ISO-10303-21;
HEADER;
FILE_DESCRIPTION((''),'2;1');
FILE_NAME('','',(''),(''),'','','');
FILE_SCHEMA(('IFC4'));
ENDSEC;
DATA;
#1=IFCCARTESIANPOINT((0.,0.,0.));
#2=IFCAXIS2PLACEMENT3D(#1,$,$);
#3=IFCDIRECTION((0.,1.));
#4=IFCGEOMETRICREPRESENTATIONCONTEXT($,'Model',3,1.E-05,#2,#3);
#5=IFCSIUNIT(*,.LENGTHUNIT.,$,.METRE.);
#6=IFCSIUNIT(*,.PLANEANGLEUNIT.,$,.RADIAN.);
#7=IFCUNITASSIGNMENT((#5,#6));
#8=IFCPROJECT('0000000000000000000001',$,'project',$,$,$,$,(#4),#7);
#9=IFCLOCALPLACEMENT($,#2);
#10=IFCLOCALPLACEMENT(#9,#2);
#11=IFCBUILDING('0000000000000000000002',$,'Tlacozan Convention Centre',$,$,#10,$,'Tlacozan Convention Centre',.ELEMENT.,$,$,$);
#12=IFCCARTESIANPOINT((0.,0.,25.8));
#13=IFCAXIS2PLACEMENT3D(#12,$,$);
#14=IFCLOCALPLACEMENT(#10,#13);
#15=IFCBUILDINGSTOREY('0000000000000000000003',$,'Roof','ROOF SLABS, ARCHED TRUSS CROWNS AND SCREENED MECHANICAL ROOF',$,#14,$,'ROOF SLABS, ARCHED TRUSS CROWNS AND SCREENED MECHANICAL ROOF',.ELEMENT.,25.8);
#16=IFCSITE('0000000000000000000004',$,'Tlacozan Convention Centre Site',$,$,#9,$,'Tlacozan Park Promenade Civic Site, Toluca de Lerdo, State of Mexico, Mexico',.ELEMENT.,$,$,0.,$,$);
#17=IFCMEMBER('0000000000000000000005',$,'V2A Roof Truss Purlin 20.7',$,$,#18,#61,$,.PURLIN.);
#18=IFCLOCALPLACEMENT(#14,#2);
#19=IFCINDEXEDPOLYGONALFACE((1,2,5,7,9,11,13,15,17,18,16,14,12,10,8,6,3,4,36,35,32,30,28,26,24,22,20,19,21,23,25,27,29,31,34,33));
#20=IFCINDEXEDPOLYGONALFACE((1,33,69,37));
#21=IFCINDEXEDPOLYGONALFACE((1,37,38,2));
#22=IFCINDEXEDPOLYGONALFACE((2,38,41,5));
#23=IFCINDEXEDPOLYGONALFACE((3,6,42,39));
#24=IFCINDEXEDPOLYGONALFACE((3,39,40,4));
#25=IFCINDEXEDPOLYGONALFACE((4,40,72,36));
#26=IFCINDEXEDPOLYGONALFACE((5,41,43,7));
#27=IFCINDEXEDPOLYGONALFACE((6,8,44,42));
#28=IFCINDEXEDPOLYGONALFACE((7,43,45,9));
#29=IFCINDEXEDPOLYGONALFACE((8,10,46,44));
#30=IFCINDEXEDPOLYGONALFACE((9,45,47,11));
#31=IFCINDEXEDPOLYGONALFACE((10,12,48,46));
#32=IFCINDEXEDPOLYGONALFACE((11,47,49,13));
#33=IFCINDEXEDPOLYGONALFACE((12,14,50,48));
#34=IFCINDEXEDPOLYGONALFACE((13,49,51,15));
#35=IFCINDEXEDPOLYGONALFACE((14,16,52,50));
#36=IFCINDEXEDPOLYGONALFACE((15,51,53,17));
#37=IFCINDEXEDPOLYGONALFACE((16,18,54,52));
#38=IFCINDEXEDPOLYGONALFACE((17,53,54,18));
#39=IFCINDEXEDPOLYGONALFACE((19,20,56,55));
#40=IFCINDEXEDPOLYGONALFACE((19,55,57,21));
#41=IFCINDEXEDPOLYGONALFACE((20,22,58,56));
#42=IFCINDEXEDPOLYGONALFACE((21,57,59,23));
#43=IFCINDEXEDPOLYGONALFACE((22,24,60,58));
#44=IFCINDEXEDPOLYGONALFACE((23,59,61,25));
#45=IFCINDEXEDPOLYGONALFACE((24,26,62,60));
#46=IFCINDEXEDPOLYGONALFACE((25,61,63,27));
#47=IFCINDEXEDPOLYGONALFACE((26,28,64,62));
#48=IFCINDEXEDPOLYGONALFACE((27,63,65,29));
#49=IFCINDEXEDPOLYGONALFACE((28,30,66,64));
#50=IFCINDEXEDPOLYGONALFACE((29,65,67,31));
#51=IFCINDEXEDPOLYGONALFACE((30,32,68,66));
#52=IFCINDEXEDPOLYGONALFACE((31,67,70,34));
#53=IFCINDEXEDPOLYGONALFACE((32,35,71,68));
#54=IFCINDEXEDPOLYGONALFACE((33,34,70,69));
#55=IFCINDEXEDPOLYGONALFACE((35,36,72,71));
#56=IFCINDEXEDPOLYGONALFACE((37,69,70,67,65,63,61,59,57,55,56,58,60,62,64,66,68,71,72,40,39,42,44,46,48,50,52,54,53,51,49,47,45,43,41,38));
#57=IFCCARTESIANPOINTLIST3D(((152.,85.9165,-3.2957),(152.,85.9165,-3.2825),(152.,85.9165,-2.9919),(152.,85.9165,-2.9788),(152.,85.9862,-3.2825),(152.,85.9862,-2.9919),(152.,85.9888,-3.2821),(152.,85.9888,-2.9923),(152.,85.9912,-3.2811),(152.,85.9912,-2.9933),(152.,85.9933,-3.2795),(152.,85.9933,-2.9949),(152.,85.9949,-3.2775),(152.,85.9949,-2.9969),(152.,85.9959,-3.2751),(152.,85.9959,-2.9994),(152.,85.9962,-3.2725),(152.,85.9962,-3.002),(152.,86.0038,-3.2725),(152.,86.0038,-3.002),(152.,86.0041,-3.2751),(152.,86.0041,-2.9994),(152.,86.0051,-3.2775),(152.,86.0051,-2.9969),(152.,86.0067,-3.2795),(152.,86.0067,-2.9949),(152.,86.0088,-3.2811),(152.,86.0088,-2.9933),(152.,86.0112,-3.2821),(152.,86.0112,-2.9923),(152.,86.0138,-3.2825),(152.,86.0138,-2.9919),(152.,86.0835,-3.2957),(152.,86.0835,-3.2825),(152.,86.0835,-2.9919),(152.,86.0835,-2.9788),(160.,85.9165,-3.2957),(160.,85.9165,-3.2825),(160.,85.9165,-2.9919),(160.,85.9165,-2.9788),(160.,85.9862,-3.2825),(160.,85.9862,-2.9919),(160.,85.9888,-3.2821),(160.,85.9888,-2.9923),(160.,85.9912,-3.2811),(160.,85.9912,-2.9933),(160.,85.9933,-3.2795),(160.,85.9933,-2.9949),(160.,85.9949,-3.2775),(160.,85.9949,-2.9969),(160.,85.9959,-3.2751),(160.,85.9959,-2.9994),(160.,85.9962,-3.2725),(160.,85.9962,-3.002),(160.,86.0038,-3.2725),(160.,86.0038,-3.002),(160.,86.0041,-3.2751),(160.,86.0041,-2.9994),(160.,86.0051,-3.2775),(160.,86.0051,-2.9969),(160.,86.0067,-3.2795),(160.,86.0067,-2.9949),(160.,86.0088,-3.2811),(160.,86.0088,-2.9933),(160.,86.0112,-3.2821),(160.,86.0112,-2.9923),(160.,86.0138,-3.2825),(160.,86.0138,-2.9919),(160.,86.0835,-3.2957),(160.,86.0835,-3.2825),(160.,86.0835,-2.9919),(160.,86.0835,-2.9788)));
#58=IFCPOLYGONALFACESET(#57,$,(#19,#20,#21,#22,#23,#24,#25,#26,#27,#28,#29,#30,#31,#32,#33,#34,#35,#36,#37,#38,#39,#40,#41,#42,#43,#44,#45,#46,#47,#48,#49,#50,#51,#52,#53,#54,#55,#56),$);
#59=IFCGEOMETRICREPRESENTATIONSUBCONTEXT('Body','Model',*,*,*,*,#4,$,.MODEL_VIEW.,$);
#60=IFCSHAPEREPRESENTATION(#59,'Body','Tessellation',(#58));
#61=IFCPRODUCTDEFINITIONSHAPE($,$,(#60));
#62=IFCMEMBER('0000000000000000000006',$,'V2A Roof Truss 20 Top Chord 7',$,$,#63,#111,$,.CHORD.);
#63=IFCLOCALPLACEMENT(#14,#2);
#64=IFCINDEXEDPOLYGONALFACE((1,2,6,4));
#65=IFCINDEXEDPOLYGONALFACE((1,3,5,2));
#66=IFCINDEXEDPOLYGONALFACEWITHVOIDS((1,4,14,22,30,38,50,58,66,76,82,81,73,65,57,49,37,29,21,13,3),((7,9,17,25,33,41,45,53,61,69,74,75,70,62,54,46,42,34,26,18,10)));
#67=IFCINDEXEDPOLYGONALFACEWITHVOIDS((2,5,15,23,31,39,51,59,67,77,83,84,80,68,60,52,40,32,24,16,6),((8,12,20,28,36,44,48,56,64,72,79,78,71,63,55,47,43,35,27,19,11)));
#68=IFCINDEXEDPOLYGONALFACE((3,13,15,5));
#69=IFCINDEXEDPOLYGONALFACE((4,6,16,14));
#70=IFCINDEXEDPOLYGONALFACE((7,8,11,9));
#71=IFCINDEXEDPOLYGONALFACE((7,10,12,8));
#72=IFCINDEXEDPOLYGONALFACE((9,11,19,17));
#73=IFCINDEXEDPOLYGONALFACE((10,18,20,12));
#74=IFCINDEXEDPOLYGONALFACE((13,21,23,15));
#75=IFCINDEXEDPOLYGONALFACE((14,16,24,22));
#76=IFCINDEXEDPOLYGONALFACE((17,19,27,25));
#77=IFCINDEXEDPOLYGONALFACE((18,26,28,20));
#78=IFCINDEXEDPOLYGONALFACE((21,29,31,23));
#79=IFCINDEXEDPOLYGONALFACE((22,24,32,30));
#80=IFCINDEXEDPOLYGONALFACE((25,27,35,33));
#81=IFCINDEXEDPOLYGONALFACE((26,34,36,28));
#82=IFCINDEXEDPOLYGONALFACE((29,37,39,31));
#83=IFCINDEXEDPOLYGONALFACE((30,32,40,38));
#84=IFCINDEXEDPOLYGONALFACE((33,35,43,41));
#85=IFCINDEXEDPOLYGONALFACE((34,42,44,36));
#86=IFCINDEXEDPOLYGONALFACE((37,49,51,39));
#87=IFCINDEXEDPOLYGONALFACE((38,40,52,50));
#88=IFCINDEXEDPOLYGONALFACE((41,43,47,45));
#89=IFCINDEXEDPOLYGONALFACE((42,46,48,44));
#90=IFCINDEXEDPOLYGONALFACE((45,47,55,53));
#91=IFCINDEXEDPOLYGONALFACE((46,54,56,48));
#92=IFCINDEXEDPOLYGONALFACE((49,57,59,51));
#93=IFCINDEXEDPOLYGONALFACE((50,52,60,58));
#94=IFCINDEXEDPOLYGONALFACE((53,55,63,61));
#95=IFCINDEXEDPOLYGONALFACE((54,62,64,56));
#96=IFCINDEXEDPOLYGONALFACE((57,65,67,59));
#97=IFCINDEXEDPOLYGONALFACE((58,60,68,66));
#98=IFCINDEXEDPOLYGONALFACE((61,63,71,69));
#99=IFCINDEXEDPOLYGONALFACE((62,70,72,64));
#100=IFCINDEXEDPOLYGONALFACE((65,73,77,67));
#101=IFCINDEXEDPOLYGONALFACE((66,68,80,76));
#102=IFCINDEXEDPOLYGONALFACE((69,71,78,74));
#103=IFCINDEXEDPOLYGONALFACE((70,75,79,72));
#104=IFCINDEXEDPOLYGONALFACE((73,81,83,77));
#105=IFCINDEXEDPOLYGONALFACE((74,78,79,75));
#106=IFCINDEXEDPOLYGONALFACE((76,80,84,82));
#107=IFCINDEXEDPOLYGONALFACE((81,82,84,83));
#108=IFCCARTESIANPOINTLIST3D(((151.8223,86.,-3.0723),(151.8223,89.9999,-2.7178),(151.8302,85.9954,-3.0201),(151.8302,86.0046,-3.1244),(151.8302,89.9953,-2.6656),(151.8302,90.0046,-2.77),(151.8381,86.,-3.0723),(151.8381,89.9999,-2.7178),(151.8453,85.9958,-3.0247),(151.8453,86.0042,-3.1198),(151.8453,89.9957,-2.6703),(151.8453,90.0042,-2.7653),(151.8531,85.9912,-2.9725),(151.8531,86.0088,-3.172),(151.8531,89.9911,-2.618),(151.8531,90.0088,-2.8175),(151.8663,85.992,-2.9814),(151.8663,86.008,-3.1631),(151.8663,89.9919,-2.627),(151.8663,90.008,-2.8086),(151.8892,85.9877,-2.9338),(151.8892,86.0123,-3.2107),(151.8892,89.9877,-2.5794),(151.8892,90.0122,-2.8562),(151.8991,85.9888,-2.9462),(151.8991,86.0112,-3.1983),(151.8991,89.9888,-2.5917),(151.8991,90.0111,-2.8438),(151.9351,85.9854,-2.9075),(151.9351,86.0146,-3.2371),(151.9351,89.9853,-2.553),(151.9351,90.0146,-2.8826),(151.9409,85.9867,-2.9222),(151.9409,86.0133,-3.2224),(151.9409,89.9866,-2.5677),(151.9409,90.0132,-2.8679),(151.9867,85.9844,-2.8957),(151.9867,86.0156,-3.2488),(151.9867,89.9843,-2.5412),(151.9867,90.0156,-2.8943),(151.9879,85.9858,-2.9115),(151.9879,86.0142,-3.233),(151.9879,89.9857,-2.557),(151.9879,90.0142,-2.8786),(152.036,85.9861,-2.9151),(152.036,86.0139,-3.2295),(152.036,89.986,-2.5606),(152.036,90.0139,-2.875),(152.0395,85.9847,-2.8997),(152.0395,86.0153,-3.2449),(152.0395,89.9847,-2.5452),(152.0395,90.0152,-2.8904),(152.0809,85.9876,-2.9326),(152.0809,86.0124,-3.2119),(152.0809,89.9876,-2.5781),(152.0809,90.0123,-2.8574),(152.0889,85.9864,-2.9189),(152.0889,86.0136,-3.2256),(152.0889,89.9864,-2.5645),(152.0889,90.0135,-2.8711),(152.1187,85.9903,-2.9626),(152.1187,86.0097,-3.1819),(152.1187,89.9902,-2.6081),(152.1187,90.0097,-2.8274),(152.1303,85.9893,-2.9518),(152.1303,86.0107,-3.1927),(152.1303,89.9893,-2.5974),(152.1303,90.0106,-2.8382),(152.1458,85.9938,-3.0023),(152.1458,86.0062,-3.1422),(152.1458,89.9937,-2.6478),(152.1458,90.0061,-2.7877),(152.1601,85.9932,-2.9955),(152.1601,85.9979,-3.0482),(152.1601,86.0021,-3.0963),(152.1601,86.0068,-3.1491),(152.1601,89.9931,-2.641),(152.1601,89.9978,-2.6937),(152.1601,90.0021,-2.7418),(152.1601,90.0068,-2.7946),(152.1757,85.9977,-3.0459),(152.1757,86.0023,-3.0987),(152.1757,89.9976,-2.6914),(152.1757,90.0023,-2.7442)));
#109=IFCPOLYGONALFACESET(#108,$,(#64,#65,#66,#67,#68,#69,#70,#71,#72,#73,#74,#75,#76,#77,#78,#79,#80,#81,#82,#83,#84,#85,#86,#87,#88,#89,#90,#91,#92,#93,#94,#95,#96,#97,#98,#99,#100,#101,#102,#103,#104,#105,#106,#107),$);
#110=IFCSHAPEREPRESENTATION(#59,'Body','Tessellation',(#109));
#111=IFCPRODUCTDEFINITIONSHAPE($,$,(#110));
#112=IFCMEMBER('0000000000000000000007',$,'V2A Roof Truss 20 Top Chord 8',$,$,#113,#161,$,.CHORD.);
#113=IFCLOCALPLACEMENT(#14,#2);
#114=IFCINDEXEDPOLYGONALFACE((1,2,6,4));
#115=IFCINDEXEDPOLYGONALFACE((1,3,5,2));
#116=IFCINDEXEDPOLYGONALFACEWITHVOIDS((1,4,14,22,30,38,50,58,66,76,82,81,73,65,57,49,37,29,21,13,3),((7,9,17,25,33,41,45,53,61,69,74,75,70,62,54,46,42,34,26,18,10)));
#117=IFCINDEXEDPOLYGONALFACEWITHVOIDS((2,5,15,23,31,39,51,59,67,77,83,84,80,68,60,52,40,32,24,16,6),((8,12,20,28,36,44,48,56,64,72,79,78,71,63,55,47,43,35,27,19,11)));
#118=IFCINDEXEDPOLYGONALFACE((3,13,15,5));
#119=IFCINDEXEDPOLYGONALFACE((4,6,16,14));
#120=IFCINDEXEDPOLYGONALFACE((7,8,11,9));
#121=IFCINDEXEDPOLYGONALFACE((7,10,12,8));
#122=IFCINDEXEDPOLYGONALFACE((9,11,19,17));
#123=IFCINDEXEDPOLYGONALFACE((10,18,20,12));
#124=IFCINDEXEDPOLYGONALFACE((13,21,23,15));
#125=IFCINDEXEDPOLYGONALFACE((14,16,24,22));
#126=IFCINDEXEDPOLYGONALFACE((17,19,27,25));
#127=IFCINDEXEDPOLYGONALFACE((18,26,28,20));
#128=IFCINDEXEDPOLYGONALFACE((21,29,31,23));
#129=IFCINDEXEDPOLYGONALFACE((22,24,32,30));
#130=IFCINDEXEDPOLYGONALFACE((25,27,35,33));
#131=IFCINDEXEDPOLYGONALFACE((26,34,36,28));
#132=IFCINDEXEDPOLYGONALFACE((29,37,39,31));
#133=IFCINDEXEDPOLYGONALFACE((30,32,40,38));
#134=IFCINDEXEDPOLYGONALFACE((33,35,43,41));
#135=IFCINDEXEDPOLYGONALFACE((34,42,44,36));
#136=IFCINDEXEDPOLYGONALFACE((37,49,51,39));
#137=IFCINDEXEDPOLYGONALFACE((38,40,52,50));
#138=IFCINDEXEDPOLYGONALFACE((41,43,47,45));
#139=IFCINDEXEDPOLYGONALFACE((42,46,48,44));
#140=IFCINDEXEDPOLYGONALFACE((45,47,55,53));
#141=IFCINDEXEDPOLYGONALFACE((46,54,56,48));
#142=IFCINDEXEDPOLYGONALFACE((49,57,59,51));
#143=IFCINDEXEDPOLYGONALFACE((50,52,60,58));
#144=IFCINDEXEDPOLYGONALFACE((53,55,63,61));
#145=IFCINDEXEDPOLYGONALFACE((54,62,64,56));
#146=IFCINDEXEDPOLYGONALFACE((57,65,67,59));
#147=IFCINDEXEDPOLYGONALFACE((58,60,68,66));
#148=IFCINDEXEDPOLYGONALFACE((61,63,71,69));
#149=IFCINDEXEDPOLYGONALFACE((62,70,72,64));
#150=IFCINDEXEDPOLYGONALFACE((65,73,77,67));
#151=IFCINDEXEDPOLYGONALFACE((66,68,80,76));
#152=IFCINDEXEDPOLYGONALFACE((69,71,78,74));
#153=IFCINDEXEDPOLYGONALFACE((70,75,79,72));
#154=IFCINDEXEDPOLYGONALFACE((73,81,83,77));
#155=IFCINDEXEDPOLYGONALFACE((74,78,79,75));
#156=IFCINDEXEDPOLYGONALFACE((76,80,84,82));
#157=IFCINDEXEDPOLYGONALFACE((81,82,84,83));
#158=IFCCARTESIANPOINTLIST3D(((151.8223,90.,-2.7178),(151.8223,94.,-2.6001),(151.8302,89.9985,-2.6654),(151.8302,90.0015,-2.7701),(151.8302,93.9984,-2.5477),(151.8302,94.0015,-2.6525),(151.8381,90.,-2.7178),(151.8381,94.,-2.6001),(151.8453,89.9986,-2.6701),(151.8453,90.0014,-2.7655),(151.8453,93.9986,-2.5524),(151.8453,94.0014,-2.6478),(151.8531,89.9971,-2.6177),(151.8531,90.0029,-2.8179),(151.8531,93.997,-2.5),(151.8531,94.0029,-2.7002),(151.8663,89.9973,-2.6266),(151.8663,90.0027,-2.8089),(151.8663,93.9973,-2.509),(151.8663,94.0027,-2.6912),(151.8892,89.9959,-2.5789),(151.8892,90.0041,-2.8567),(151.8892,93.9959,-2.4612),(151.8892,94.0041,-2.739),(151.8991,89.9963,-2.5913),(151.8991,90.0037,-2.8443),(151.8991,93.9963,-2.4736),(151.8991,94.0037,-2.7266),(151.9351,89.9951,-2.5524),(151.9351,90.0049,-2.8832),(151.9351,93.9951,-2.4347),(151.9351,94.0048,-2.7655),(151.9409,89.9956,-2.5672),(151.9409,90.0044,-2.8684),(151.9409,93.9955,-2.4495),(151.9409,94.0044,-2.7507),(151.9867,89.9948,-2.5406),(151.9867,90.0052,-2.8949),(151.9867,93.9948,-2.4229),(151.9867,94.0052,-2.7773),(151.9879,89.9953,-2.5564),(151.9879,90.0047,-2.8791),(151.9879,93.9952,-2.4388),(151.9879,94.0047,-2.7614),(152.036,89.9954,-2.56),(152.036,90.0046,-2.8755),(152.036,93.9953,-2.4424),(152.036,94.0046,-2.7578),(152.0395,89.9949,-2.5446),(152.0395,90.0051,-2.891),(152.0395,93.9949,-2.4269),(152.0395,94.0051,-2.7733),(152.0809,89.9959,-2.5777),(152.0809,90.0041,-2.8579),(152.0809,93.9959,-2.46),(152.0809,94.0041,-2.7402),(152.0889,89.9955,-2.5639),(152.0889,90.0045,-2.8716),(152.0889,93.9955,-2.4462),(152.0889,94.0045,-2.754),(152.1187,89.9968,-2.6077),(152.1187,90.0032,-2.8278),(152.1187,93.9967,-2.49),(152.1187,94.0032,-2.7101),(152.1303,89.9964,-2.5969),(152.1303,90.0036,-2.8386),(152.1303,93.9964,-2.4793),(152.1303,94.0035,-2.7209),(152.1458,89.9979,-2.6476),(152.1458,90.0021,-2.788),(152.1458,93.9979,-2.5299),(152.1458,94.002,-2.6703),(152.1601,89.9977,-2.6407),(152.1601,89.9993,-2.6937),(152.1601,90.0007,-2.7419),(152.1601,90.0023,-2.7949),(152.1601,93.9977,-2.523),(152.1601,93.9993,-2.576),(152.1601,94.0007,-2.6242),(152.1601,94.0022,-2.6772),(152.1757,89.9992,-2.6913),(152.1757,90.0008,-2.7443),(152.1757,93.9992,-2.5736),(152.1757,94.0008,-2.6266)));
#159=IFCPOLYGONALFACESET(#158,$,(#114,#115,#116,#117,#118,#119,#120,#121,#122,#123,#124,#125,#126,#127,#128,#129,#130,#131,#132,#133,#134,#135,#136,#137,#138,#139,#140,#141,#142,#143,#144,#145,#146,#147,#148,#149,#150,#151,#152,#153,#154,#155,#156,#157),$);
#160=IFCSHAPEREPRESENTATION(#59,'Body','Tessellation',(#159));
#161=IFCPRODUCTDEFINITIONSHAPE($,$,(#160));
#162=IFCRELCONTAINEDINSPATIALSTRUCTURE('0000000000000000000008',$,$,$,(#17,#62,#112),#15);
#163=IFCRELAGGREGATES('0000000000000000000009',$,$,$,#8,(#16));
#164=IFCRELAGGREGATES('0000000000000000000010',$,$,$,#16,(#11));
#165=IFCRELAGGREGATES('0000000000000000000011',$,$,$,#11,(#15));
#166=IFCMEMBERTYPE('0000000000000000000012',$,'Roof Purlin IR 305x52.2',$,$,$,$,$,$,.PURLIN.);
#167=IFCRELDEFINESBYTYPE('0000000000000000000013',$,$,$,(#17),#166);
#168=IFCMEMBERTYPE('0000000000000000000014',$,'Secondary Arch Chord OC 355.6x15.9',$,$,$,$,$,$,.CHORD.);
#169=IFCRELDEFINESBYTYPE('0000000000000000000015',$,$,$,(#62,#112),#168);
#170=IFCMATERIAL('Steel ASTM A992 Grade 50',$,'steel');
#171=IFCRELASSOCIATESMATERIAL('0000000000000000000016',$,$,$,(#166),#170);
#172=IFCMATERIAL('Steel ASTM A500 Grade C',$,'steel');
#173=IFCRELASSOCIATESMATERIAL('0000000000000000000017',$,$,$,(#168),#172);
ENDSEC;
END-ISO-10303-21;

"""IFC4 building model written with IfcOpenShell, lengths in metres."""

from ifc_helpers import new_model, si_unit, direction, frame, origin, origin_2d, place, context, subcontext, project, spatial, hollow_circle, i_section, extrude, material, material_profile, profile_set, type_object, element, save


model = new_model("IFC4")

# Units and contexts
model_context = context("Model", 3, precision=1e-05, world=origin(), true_north=direction((0.0, 1.0)))
body_context = subcontext(model_context, "Body", "Model", "MODEL_VIEW")
ifc_project = project(units=[si_unit("LENGTHUNIT", "METRE"), si_unit("PLANEANGLEUNIT", "RADIAN")], contexts=[model_context])

# Site, building, storey
site_placement = place(None, origin())
site = spatial("IfcSite", under=ifc_project, at=site_placement, Name="Tlacozan Convention Centre Site", LongName="Tlacozan Park Promenade Civic Site, Toluca de Lerdo, State of Mexico, Mexico", CompositionType="ELEMENT", RefElevation=0.0)
building_placement = place(site_placement, origin())
building = spatial("IfcBuilding", under=site, at=building_placement, Name="Tlacozan Convention Centre", LongName="Tlacozan Convention Centre", CompositionType="ELEMENT")
storey_placement = place(building_placement, frame((0.0, 0.0, 25.8)))
storey = spatial("IfcBuildingStorey", under=building, at=storey_placement, Name="Roof", Description="ROOF SLABS, ARCHED TRUSS CROWNS AND SCREENED MECHANICAL ROOF", LongName="ROOF SLABS, ARCHED TRUSS CROWNS AND SCREENED MECHANICAL ROOF", CompositionType="ELEMENT", Elevation=25.8)

# Members
ifc_material_1 = material(Name="Steel ASTM A500 Grade C", Category="steel")
ifc_material_2 = material(Name="Steel ASTM A992 Grade 50", Category="steel")
ifc_material_profile_1 = material_profile(ifc_material_2, i_section(OverallWidth=0.167, OverallDepth=0.3169, WebThickness=0.0076, FlangeThickness=0.0132, FilletRadius=0.01, at=origin_2d()), Name="IR 305x52.2")
ifc_profile_set_1 = profile_set([ifc_material_profile_1], Name="Steel ASTM A992 Grade 50")
member_type_1 = type_object("IfcMemberType", Name="Roof Purlin IR 305x52.2", PredefinedType="PURLIN", material=ifc_profile_set_1)
for number, where, z_axis, x_axis, name in (
    (1, (152.0, 86.0, -3.1372), (1.0, 0.0, 0.0), (0.0, 1.0, 0.0), "V2A Roof Truss Purlin 20.7"),
):
    element("IfcMember", number, at=place(storey_placement, frame(where, z_axis=z_axis, x_axis=x_axis)), inside=storey, type_object=member_type_1, Name=name, PredefinedType="PURLIN", context=body_context, shape_type="SweptSolid", body=[
        extrude(i_section(OverallWidth=0.167, OverallDepth=0.3169, WebThickness=0.0076, FlangeThickness=0.0132, FilletRadius=0.01, at=origin_2d()), origin(), (0.0, 0.0, 1.0), 8.0),
    ])
ifc_material_profile_2 = material_profile(ifc_material_1, hollow_circle(Radius=0.1777, WallThickness=0.0159, at=origin_2d()), Name="OC 355.6x15.9")
ifc_profile_set_2 = profile_set([ifc_material_profile_2], Name="Steel ASTM A500 Grade C")
member_type_2 = type_object("IfcMemberType", Name="Secondary Arch Chord OC 355.6x15.9", PredefinedType="CHORD", material=ifc_profile_set_2)
member_1_placement = place(storey_placement, frame((152.0, 86.0, -3.0723), z_axis=(0.0, 0.996096, 0.088277), x_axis=(-1.0, 0.0, 0.0)))
element("IfcMember", 2, at=member_1_placement, inside=storey, type_object=member_type_2, Name="V2A Roof Truss 20 Top Chord 7", PredefinedType="CHORD", context=body_context, shape_type="SweptSolid", body=[
    extrude(hollow_circle(Radius=0.1777, WallThickness=0.0159, at=origin_2d()), origin(), (0.0, 0.0, 1.0), 4.0156),
])
member_2_placement = place(storey_placement, frame((152.0, 90.0, -2.7178), z_axis=(0.0, 0.999568, 0.029406), x_axis=(-1.0, 0.0, 0.0)))
element("IfcMember", 3, at=member_2_placement, inside=storey, type_object=member_type_2, Name="V2A Roof Truss 20 Top Chord 8", PredefinedType="CHORD", context=body_context, shape_type="SweptSolid", body=[
    extrude(hollow_circle(Radius=0.1777, WallThickness=0.0159, at=origin_2d()), origin(), (0.0, 0.0, 1.0), 4.0017),
])

save(model, "model.ifc")
